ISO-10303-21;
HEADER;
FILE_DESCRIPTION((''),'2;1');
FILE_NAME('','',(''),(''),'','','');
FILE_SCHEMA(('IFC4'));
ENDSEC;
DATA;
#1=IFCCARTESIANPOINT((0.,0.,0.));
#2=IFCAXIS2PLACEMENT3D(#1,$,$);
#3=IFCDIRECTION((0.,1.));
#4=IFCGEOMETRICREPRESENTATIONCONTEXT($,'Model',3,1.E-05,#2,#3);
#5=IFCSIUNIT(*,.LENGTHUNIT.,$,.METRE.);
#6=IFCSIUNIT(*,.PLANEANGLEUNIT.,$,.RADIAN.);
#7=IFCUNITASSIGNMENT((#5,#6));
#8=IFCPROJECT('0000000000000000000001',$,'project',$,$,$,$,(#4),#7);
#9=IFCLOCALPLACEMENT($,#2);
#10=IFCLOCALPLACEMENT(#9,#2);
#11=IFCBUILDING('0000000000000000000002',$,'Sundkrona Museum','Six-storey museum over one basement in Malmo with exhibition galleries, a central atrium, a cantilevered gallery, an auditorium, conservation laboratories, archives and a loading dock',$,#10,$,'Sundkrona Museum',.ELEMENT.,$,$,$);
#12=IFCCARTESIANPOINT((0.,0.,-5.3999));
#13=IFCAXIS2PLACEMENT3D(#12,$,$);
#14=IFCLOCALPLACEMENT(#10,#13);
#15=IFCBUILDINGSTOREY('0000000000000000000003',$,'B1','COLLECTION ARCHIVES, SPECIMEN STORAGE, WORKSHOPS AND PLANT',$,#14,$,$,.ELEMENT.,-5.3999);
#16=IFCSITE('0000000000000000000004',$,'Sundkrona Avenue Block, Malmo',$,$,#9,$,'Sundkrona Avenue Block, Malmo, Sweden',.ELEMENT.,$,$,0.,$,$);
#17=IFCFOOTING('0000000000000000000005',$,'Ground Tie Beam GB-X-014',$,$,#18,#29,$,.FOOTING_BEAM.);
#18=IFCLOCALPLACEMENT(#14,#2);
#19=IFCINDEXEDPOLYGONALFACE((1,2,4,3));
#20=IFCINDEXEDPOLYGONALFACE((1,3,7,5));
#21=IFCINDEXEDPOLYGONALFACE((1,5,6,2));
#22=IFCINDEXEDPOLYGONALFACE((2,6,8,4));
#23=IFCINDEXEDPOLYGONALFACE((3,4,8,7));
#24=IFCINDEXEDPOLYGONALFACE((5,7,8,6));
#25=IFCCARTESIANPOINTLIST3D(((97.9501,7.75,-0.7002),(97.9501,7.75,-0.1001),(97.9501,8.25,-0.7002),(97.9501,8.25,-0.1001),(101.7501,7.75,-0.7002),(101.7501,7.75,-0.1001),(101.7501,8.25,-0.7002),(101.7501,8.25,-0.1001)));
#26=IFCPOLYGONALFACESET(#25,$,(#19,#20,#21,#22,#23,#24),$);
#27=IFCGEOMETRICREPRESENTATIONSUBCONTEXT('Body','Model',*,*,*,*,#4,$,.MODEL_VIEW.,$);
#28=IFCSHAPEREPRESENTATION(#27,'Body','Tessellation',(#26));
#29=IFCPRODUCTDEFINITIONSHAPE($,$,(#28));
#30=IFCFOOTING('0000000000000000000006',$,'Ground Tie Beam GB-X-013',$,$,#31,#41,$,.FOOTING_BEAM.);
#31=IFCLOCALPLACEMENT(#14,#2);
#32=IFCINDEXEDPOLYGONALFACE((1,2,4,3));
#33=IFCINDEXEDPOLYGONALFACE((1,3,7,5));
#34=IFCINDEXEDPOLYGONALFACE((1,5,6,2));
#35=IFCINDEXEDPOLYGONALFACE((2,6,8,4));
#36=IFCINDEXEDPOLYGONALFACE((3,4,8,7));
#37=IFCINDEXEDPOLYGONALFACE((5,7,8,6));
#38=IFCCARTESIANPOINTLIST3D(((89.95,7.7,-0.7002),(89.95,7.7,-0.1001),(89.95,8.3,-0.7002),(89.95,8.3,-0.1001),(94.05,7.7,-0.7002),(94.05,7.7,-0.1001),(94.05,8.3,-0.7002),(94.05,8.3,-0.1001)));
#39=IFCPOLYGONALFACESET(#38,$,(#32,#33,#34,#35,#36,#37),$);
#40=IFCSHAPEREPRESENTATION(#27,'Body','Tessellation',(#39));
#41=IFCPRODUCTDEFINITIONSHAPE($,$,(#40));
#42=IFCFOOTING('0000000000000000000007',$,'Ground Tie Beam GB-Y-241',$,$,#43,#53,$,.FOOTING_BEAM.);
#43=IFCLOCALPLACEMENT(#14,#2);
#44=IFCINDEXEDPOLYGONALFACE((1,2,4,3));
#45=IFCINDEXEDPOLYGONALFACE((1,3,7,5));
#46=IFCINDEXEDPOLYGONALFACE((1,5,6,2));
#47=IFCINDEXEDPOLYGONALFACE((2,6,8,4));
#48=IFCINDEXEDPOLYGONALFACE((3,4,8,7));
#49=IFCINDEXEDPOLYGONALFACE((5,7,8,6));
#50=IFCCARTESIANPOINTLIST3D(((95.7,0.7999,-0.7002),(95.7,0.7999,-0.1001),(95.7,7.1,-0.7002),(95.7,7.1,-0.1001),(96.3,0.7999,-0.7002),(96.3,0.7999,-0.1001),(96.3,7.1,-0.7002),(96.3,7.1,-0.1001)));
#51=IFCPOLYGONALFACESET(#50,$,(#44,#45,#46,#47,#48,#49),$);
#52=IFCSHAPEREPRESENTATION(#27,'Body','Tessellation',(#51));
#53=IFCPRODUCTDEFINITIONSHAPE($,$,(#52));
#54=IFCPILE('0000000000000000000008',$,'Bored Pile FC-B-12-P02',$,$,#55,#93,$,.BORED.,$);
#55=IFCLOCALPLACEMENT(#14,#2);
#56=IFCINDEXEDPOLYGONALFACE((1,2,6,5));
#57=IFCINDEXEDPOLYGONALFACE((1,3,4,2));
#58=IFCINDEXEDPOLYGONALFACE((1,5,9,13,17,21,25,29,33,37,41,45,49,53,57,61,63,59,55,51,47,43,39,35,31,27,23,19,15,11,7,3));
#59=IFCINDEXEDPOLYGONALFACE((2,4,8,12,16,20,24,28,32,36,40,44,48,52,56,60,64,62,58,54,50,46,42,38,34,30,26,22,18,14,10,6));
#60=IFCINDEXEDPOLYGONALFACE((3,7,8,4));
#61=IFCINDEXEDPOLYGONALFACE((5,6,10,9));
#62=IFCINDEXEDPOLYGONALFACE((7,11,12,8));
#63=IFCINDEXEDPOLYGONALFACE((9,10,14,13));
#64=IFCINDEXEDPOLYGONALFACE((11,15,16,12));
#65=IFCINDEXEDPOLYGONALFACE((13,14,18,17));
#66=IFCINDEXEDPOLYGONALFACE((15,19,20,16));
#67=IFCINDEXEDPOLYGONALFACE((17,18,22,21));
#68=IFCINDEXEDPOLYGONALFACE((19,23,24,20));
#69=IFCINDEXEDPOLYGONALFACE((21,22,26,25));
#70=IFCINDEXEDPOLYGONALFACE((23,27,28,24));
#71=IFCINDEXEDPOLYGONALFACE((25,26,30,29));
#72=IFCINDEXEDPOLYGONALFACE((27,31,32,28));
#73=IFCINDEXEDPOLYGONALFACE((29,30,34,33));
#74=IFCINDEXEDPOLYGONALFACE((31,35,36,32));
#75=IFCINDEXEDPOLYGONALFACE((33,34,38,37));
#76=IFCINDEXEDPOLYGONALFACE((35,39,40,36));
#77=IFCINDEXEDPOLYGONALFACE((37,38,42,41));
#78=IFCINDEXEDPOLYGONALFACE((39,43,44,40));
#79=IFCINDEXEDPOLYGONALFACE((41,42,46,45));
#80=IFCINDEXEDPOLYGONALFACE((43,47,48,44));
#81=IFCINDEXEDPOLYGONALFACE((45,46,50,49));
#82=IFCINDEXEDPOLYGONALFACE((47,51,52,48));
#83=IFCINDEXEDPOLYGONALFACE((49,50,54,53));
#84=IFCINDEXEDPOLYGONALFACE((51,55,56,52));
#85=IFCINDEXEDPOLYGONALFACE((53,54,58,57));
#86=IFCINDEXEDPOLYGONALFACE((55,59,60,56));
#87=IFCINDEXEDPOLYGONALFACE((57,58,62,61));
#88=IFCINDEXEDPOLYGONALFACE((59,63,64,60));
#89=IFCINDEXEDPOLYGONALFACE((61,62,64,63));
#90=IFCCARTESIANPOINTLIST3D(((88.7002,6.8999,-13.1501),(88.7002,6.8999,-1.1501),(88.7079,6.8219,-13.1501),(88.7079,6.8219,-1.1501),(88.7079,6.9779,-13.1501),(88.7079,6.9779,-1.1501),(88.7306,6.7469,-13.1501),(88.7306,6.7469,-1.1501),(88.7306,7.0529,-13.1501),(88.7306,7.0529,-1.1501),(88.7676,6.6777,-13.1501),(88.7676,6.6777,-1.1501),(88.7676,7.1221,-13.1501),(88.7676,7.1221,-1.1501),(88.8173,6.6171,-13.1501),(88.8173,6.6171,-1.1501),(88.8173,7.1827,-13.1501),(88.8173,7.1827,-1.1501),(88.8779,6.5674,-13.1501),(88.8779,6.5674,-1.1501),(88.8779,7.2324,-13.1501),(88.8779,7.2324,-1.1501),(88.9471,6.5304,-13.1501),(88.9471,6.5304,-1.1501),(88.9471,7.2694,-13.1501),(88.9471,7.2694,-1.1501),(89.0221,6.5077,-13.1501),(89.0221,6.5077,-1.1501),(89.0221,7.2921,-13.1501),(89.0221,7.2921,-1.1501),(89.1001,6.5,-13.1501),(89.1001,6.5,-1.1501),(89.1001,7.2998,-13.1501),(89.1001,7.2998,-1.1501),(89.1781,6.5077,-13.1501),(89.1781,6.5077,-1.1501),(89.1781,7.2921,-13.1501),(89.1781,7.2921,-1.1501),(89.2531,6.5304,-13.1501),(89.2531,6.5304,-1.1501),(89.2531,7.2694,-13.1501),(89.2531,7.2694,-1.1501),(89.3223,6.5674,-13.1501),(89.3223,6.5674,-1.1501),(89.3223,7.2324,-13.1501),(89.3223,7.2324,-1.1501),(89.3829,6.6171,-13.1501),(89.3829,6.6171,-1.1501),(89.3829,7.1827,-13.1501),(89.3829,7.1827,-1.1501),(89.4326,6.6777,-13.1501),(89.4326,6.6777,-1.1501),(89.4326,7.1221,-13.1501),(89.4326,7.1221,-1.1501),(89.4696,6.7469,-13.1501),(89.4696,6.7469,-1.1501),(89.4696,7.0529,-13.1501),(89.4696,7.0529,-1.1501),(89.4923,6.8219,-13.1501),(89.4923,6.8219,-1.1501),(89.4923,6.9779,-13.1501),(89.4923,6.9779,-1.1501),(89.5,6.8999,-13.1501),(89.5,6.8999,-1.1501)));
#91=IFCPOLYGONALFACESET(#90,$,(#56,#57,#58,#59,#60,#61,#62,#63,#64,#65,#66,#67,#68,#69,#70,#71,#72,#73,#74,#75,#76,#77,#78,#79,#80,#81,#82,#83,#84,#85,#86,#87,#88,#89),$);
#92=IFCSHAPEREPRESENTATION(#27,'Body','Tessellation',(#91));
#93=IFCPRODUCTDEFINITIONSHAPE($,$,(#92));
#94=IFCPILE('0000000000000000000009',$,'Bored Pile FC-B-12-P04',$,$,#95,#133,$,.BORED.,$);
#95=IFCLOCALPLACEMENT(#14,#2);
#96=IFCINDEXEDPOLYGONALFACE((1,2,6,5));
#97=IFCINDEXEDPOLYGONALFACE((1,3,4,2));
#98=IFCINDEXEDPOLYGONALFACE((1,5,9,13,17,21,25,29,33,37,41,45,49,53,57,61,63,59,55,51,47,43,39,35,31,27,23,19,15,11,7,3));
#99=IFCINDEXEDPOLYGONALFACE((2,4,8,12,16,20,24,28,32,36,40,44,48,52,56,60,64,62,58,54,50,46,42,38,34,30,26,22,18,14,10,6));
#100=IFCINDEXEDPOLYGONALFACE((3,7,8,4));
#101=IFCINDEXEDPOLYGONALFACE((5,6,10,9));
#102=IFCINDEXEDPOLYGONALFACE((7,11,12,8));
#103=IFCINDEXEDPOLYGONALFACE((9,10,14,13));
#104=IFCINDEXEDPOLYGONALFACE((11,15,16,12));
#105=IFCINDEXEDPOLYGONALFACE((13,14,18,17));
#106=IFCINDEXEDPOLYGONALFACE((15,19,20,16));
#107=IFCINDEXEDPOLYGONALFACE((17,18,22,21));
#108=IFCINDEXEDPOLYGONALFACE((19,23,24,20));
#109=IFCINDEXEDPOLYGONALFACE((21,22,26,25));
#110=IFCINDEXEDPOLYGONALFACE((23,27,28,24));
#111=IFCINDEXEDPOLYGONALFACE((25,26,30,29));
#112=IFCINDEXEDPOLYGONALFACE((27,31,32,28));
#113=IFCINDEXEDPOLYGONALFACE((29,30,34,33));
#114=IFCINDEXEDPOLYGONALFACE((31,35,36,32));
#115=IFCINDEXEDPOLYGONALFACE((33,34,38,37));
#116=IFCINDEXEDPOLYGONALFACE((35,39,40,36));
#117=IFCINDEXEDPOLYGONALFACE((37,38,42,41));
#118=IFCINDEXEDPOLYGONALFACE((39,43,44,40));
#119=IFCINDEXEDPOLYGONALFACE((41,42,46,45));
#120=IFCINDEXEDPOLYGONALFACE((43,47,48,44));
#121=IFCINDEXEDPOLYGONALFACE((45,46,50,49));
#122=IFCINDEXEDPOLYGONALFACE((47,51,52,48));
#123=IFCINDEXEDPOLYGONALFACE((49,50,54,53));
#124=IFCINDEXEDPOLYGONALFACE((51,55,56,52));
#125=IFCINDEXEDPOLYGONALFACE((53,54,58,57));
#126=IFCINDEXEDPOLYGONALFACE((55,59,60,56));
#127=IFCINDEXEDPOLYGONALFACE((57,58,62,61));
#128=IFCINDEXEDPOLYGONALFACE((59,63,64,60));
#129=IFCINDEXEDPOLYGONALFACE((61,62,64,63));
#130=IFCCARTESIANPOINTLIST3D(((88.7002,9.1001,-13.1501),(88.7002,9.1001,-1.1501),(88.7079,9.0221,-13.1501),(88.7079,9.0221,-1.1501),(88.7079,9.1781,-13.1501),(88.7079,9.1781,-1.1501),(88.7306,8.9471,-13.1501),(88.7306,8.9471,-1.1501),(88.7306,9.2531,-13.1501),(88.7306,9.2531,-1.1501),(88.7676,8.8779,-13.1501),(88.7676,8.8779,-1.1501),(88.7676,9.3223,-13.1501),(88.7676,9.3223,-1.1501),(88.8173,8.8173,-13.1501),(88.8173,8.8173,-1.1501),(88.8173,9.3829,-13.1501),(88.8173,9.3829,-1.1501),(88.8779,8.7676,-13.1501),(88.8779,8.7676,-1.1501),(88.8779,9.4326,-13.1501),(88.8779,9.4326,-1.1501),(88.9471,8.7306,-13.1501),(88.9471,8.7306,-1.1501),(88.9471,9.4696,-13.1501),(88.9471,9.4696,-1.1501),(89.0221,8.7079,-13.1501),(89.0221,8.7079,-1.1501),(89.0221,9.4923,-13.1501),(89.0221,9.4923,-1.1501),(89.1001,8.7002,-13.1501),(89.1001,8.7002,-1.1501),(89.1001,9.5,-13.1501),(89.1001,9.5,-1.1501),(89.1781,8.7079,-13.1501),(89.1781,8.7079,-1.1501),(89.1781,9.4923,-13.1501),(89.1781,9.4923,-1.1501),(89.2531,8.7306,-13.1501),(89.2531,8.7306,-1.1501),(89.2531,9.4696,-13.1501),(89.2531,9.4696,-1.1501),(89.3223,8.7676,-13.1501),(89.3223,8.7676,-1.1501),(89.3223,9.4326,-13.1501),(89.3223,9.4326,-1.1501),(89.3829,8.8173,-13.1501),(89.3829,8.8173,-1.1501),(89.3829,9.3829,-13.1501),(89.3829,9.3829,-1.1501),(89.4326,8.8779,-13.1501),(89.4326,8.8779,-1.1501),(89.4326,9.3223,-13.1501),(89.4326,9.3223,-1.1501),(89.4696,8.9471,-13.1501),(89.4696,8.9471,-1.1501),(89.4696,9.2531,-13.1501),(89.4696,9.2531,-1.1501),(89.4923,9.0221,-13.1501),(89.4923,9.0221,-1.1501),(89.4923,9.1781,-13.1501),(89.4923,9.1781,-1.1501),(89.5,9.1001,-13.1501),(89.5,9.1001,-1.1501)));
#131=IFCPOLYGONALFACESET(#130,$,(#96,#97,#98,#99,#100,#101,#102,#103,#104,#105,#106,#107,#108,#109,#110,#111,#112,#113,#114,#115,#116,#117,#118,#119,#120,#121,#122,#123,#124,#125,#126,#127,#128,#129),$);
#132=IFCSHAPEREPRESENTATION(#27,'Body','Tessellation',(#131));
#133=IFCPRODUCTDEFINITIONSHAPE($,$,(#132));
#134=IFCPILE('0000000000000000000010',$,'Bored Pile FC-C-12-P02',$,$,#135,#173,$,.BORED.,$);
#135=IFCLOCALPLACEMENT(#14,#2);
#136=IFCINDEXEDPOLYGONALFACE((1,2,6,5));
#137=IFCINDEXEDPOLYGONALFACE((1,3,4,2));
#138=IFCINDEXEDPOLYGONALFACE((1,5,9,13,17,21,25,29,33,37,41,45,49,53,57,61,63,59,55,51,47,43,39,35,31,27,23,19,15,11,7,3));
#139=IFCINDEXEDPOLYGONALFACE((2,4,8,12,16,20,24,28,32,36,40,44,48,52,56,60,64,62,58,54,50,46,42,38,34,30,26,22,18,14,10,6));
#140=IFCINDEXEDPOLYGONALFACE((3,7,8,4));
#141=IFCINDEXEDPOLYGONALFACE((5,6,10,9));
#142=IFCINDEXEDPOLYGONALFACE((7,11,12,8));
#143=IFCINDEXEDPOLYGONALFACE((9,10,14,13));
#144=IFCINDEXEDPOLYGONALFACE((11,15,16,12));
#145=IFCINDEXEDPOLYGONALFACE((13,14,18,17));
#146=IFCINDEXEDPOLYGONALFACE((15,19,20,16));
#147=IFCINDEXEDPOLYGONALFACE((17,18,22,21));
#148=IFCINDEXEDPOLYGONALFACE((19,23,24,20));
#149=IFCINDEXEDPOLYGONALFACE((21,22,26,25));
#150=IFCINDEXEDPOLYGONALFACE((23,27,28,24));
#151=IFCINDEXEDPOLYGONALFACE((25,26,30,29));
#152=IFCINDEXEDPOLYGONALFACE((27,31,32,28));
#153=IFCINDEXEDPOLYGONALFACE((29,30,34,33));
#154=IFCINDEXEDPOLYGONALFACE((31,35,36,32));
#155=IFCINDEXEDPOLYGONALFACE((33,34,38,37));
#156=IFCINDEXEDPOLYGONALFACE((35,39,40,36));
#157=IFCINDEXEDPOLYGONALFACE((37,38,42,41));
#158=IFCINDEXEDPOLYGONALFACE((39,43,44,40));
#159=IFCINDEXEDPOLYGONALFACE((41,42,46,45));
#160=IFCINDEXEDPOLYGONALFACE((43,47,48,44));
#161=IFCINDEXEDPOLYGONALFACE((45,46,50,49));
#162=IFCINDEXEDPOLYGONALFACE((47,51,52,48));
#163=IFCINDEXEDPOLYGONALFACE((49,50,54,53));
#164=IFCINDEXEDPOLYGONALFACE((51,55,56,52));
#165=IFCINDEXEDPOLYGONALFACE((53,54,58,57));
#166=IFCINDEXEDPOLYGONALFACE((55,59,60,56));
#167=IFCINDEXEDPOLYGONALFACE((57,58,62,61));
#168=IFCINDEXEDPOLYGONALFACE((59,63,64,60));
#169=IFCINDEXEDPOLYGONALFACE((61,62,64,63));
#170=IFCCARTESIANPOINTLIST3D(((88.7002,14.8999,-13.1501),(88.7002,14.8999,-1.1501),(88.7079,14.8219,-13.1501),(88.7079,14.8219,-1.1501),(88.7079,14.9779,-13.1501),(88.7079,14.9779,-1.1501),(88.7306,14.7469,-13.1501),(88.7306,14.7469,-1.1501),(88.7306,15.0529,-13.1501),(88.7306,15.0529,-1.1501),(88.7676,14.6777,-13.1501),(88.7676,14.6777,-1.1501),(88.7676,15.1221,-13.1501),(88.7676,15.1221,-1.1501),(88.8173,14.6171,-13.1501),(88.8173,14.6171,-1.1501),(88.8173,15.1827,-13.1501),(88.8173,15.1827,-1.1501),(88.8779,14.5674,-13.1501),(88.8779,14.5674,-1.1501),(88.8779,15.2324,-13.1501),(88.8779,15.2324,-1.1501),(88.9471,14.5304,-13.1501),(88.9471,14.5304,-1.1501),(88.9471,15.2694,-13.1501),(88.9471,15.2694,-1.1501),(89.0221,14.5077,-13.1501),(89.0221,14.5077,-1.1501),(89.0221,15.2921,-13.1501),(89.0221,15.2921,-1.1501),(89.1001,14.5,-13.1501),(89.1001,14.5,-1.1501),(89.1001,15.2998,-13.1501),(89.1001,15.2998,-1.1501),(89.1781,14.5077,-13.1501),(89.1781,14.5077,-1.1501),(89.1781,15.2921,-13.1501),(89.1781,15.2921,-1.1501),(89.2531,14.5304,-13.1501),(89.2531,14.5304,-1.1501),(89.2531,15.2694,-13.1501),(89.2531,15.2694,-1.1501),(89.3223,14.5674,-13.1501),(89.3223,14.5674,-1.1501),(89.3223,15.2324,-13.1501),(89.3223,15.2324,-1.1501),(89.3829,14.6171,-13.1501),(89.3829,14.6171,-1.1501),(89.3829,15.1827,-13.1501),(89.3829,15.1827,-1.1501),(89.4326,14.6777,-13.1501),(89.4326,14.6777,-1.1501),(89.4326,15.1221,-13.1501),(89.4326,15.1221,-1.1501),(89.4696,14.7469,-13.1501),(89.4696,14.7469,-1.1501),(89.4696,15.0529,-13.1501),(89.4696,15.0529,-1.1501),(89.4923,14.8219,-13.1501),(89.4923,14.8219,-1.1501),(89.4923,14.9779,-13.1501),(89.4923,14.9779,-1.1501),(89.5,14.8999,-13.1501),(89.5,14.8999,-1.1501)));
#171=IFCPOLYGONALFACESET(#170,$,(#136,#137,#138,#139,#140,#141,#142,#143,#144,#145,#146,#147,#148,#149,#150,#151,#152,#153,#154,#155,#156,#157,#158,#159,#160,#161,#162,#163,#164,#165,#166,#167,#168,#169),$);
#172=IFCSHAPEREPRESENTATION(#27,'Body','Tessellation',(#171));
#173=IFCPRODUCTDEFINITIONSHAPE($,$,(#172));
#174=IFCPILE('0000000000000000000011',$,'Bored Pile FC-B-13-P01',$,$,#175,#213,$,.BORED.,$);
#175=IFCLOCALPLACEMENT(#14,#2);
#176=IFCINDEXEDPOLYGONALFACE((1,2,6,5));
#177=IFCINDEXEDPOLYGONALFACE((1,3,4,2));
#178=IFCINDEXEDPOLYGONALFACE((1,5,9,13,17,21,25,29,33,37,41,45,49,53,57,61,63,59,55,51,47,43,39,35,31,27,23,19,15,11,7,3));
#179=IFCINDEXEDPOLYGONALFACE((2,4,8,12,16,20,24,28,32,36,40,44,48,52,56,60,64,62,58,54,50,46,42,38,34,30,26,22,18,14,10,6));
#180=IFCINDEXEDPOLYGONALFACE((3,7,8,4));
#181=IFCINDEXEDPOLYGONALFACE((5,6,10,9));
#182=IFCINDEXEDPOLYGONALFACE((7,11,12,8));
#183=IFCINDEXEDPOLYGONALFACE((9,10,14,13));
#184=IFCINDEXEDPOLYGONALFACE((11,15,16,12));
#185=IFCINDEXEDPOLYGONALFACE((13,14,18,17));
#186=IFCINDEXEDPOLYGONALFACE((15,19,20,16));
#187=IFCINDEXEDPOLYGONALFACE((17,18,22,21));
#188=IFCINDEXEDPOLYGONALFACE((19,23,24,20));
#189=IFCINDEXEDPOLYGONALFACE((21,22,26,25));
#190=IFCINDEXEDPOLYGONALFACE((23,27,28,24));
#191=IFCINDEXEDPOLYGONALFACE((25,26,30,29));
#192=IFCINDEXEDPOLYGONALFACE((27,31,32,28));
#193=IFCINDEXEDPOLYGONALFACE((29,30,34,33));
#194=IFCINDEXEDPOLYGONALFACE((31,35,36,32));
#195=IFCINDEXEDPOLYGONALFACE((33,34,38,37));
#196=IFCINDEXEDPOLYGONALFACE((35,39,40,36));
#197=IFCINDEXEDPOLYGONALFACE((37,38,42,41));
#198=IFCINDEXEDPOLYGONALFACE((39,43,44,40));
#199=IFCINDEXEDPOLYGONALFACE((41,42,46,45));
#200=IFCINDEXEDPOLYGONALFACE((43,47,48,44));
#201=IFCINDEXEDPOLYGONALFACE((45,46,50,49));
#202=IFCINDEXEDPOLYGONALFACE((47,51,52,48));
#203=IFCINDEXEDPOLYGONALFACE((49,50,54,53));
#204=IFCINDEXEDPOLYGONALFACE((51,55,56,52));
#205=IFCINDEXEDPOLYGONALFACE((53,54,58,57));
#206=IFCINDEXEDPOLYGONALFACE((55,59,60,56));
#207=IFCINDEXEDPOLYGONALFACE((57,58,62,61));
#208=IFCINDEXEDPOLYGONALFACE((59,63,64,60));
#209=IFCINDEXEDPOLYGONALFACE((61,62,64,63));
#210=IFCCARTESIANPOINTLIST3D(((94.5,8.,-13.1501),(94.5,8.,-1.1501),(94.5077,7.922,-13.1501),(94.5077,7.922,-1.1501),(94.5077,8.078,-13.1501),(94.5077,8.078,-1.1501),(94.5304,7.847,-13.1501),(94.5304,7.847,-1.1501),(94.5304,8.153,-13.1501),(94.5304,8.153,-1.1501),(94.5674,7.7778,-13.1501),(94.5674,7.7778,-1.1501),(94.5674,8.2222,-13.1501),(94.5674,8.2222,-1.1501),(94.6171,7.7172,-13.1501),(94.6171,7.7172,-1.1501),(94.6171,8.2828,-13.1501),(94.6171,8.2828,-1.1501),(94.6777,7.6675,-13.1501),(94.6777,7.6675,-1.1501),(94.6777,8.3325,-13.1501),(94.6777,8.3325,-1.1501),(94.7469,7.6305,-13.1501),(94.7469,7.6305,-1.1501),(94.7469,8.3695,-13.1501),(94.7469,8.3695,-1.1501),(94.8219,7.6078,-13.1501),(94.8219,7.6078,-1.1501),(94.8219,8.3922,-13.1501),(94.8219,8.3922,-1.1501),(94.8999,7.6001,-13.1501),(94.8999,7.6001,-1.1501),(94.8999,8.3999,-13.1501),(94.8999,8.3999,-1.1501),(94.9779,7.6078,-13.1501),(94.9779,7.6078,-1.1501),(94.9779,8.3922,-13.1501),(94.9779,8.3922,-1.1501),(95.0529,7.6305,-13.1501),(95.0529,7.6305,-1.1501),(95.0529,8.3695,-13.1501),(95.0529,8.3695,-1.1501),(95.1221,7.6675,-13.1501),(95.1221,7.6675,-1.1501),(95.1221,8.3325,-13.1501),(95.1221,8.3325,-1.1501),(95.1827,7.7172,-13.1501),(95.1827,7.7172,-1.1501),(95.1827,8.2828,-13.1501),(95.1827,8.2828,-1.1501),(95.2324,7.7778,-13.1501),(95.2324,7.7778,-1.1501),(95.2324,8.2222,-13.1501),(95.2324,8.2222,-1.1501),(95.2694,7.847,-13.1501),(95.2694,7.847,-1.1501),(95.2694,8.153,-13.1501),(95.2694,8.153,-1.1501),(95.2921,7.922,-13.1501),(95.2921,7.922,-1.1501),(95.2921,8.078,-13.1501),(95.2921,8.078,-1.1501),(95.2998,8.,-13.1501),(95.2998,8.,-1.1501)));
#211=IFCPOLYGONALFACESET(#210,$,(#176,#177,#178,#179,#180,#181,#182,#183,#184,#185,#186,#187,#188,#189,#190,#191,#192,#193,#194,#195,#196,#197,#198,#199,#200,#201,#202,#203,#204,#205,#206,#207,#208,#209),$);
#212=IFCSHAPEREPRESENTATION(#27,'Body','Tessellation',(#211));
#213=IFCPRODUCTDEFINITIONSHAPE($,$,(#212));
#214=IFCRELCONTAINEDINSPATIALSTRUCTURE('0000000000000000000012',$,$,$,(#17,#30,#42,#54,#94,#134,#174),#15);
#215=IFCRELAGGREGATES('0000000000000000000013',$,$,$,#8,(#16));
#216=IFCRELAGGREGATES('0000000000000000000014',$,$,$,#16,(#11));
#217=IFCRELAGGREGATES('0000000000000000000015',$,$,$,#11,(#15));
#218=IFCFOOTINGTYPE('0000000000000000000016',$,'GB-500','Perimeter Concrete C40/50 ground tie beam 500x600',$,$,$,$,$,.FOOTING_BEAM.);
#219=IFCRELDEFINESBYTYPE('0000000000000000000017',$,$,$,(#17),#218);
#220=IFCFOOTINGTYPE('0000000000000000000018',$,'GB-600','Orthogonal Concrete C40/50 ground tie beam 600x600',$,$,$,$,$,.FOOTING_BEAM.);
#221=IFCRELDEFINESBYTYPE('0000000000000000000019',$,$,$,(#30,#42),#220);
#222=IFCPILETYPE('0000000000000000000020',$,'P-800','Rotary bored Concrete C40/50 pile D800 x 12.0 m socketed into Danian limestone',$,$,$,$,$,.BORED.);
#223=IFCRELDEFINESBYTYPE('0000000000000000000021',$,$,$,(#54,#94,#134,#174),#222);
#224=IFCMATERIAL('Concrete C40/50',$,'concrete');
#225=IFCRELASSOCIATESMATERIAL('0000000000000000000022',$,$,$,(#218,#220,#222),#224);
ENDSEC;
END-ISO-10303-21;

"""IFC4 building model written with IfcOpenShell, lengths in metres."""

from ifc_helpers import new_model, si_unit, direction, frame, origin, origin_2d, place, context, subcontext, project, spatial, rectangle, circle, extrude, material, material_profile, profile_set, type_object, element, save


model = new_model("IFC4")

# Units and contexts
model_context = context("Model", 3, precision=1e-05, world=origin(), true_north=direction((0.0, 1.0)))
body_context = subcontext(model_context, "Body", "Model", "MODEL_VIEW")
ifc_project = project(units=[si_unit("LENGTHUNIT", "METRE"), si_unit("PLANEANGLEUNIT", "RADIAN")], contexts=[model_context])

# Site, building, storey
site_placement = place(None, origin())
site = spatial("IfcSite", under=ifc_project, at=site_placement, Name="Sundkrona Avenue Block, Malmo", LongName="Sundkrona Avenue Block, Malmo, Sweden", CompositionType="ELEMENT", RefElevation=0.0)
building_placement = place(site_placement, origin())
building = spatial("IfcBuilding", under=site, at=building_placement, Name="Sundkrona Museum", Description="Six-storey museum over one basement in Malmo with exhibition galleries, a central atrium, a cantilevered gallery, an auditorium, conservation laboratories, archives and a loading dock", LongName="Sundkrona Museum", CompositionType="ELEMENT")
storey_placement = place(building_placement, frame((0.0, 0.0, -5.3999)))
storey = spatial("IfcBuildingStorey", under=building, at=storey_placement, Name="B1", Description="COLLECTION ARCHIVES, SPECIMEN STORAGE, WORKSHOPS AND PLANT", CompositionType="ELEMENT", Elevation=-5.3999)

# Footings
ifc_material_1 = material(Name="Concrete C40/50", Category="concrete")
footing_type_1 = type_object("IfcFootingType", Name="GB-500", Description="Perimeter Concrete C40/50 ground tie beam 500x600", PredefinedType="FOOTING_BEAM", material=ifc_material_1)
footing_1_placement = place(storey_placement, frame((99.8501, 8.0, -0.7002), z_axis=(0.0, 0.0, 1.0), x_axis=(1.0, 0.0, 0.0)))
element("IfcFooting", 1, at=footing_1_placement, inside=storey, type_object=footing_type_1, Name="Ground Tie Beam GB-X-014", PredefinedType="FOOTING_BEAM", context=body_context, shape_type="SweptSolid", body=[
    extrude(rectangle(XDim=3.8, YDim=0.5, at=origin_2d()), origin(), (0.0, 0.0, 1.0), 0.6001),
])
footing_type_2 = type_object("IfcFootingType", Name="GB-600", Description="Orthogonal Concrete C40/50 ground tie beam 600x600", PredefinedType="FOOTING_BEAM", material=ifc_material_1)
footing_2_placement = place(storey_placement, frame((92.0, 8.0, -0.7002), z_axis=(0.0, 0.0, 1.0), x_axis=(1.0, 0.0, 0.0)))
element("IfcFooting", 2, at=footing_2_placement, inside=storey, type_object=footing_type_2, Name="Ground Tie Beam GB-X-013", PredefinedType="FOOTING_BEAM", context=body_context, shape_type="SweptSolid", body=[
    extrude(rectangle(XDim=4.1001, YDim=0.6001, at=origin_2d()), origin(), (0.0, 0.0, 1.0), 0.6001),
])
footing_3_placement = place(storey_placement, frame((96.0, 3.95, -0.7002), z_axis=(0.0, 0.0, 1.0), x_axis=(0.0, 1.0, 0.0)))
element("IfcFooting", 3, at=footing_3_placement, inside=storey, type_object=footing_type_2, Name="Ground Tie Beam GB-Y-241", PredefinedType="FOOTING_BEAM", context=body_context, shape_type="SweptSolid", body=[
    extrude(rectangle(XDim=6.3, YDim=0.6001, at=origin_2d()), origin(), (0.0, 0.0, 1.0), 0.6001),
])

# Piles
ifc_material_profile_1 = material_profile(ifc_material_1, circle(Radius=0.3999, at=origin_2d()), Name="PILE D800")
ifc_profile_set_1 = profile_set([ifc_material_profile_1], Name="Concrete C40/50")
pile_type = type_object("IfcPileType", Name="P-800", Description="Rotary bored Concrete C40/50 pile D800 x 12.0 m socketed into Danian limestone", PredefinedType="BORED", material=ifc_profile_set_1)
for number, where, z_axis, x_axis, name in (
    (4, (89.1001, 6.8999, -1.1501), (0.0, 0.0, -1.0), (1.0, 0.0, 0.0), "Bored Pile FC-B-12-P02"),
    (5, (89.1001, 9.1001, -1.1501), (0.0, 0.0, -1.0), (1.0, 0.0, 0.0), "Bored Pile FC-B-12-P04"),
    (6, (89.1001, 14.8999, -1.1501), (0.0, 0.0, -1.0), (1.0, 0.0, 0.0), "Bored Pile FC-C-12-P02"),
    (7, (94.8999, 8.0, -1.1501), (0.0, 0.0, -1.0), (1.0, 0.0, 0.0), "Bored Pile FC-B-13-P01"),
):
    element("IfcPile", number, at=place(storey_placement, frame(where, z_axis=z_axis, x_axis=x_axis)), inside=storey, type_object=pile_type, Name=name, PredefinedType="BORED", context=body_context, shape_type="SweptSolid", body=[
        extrude(circle(Radius=0.3999, at=origin_2d()), origin(), (0.0, 0.0, 1.0), 12.0),
    ])

save(model, "model.ifc")
